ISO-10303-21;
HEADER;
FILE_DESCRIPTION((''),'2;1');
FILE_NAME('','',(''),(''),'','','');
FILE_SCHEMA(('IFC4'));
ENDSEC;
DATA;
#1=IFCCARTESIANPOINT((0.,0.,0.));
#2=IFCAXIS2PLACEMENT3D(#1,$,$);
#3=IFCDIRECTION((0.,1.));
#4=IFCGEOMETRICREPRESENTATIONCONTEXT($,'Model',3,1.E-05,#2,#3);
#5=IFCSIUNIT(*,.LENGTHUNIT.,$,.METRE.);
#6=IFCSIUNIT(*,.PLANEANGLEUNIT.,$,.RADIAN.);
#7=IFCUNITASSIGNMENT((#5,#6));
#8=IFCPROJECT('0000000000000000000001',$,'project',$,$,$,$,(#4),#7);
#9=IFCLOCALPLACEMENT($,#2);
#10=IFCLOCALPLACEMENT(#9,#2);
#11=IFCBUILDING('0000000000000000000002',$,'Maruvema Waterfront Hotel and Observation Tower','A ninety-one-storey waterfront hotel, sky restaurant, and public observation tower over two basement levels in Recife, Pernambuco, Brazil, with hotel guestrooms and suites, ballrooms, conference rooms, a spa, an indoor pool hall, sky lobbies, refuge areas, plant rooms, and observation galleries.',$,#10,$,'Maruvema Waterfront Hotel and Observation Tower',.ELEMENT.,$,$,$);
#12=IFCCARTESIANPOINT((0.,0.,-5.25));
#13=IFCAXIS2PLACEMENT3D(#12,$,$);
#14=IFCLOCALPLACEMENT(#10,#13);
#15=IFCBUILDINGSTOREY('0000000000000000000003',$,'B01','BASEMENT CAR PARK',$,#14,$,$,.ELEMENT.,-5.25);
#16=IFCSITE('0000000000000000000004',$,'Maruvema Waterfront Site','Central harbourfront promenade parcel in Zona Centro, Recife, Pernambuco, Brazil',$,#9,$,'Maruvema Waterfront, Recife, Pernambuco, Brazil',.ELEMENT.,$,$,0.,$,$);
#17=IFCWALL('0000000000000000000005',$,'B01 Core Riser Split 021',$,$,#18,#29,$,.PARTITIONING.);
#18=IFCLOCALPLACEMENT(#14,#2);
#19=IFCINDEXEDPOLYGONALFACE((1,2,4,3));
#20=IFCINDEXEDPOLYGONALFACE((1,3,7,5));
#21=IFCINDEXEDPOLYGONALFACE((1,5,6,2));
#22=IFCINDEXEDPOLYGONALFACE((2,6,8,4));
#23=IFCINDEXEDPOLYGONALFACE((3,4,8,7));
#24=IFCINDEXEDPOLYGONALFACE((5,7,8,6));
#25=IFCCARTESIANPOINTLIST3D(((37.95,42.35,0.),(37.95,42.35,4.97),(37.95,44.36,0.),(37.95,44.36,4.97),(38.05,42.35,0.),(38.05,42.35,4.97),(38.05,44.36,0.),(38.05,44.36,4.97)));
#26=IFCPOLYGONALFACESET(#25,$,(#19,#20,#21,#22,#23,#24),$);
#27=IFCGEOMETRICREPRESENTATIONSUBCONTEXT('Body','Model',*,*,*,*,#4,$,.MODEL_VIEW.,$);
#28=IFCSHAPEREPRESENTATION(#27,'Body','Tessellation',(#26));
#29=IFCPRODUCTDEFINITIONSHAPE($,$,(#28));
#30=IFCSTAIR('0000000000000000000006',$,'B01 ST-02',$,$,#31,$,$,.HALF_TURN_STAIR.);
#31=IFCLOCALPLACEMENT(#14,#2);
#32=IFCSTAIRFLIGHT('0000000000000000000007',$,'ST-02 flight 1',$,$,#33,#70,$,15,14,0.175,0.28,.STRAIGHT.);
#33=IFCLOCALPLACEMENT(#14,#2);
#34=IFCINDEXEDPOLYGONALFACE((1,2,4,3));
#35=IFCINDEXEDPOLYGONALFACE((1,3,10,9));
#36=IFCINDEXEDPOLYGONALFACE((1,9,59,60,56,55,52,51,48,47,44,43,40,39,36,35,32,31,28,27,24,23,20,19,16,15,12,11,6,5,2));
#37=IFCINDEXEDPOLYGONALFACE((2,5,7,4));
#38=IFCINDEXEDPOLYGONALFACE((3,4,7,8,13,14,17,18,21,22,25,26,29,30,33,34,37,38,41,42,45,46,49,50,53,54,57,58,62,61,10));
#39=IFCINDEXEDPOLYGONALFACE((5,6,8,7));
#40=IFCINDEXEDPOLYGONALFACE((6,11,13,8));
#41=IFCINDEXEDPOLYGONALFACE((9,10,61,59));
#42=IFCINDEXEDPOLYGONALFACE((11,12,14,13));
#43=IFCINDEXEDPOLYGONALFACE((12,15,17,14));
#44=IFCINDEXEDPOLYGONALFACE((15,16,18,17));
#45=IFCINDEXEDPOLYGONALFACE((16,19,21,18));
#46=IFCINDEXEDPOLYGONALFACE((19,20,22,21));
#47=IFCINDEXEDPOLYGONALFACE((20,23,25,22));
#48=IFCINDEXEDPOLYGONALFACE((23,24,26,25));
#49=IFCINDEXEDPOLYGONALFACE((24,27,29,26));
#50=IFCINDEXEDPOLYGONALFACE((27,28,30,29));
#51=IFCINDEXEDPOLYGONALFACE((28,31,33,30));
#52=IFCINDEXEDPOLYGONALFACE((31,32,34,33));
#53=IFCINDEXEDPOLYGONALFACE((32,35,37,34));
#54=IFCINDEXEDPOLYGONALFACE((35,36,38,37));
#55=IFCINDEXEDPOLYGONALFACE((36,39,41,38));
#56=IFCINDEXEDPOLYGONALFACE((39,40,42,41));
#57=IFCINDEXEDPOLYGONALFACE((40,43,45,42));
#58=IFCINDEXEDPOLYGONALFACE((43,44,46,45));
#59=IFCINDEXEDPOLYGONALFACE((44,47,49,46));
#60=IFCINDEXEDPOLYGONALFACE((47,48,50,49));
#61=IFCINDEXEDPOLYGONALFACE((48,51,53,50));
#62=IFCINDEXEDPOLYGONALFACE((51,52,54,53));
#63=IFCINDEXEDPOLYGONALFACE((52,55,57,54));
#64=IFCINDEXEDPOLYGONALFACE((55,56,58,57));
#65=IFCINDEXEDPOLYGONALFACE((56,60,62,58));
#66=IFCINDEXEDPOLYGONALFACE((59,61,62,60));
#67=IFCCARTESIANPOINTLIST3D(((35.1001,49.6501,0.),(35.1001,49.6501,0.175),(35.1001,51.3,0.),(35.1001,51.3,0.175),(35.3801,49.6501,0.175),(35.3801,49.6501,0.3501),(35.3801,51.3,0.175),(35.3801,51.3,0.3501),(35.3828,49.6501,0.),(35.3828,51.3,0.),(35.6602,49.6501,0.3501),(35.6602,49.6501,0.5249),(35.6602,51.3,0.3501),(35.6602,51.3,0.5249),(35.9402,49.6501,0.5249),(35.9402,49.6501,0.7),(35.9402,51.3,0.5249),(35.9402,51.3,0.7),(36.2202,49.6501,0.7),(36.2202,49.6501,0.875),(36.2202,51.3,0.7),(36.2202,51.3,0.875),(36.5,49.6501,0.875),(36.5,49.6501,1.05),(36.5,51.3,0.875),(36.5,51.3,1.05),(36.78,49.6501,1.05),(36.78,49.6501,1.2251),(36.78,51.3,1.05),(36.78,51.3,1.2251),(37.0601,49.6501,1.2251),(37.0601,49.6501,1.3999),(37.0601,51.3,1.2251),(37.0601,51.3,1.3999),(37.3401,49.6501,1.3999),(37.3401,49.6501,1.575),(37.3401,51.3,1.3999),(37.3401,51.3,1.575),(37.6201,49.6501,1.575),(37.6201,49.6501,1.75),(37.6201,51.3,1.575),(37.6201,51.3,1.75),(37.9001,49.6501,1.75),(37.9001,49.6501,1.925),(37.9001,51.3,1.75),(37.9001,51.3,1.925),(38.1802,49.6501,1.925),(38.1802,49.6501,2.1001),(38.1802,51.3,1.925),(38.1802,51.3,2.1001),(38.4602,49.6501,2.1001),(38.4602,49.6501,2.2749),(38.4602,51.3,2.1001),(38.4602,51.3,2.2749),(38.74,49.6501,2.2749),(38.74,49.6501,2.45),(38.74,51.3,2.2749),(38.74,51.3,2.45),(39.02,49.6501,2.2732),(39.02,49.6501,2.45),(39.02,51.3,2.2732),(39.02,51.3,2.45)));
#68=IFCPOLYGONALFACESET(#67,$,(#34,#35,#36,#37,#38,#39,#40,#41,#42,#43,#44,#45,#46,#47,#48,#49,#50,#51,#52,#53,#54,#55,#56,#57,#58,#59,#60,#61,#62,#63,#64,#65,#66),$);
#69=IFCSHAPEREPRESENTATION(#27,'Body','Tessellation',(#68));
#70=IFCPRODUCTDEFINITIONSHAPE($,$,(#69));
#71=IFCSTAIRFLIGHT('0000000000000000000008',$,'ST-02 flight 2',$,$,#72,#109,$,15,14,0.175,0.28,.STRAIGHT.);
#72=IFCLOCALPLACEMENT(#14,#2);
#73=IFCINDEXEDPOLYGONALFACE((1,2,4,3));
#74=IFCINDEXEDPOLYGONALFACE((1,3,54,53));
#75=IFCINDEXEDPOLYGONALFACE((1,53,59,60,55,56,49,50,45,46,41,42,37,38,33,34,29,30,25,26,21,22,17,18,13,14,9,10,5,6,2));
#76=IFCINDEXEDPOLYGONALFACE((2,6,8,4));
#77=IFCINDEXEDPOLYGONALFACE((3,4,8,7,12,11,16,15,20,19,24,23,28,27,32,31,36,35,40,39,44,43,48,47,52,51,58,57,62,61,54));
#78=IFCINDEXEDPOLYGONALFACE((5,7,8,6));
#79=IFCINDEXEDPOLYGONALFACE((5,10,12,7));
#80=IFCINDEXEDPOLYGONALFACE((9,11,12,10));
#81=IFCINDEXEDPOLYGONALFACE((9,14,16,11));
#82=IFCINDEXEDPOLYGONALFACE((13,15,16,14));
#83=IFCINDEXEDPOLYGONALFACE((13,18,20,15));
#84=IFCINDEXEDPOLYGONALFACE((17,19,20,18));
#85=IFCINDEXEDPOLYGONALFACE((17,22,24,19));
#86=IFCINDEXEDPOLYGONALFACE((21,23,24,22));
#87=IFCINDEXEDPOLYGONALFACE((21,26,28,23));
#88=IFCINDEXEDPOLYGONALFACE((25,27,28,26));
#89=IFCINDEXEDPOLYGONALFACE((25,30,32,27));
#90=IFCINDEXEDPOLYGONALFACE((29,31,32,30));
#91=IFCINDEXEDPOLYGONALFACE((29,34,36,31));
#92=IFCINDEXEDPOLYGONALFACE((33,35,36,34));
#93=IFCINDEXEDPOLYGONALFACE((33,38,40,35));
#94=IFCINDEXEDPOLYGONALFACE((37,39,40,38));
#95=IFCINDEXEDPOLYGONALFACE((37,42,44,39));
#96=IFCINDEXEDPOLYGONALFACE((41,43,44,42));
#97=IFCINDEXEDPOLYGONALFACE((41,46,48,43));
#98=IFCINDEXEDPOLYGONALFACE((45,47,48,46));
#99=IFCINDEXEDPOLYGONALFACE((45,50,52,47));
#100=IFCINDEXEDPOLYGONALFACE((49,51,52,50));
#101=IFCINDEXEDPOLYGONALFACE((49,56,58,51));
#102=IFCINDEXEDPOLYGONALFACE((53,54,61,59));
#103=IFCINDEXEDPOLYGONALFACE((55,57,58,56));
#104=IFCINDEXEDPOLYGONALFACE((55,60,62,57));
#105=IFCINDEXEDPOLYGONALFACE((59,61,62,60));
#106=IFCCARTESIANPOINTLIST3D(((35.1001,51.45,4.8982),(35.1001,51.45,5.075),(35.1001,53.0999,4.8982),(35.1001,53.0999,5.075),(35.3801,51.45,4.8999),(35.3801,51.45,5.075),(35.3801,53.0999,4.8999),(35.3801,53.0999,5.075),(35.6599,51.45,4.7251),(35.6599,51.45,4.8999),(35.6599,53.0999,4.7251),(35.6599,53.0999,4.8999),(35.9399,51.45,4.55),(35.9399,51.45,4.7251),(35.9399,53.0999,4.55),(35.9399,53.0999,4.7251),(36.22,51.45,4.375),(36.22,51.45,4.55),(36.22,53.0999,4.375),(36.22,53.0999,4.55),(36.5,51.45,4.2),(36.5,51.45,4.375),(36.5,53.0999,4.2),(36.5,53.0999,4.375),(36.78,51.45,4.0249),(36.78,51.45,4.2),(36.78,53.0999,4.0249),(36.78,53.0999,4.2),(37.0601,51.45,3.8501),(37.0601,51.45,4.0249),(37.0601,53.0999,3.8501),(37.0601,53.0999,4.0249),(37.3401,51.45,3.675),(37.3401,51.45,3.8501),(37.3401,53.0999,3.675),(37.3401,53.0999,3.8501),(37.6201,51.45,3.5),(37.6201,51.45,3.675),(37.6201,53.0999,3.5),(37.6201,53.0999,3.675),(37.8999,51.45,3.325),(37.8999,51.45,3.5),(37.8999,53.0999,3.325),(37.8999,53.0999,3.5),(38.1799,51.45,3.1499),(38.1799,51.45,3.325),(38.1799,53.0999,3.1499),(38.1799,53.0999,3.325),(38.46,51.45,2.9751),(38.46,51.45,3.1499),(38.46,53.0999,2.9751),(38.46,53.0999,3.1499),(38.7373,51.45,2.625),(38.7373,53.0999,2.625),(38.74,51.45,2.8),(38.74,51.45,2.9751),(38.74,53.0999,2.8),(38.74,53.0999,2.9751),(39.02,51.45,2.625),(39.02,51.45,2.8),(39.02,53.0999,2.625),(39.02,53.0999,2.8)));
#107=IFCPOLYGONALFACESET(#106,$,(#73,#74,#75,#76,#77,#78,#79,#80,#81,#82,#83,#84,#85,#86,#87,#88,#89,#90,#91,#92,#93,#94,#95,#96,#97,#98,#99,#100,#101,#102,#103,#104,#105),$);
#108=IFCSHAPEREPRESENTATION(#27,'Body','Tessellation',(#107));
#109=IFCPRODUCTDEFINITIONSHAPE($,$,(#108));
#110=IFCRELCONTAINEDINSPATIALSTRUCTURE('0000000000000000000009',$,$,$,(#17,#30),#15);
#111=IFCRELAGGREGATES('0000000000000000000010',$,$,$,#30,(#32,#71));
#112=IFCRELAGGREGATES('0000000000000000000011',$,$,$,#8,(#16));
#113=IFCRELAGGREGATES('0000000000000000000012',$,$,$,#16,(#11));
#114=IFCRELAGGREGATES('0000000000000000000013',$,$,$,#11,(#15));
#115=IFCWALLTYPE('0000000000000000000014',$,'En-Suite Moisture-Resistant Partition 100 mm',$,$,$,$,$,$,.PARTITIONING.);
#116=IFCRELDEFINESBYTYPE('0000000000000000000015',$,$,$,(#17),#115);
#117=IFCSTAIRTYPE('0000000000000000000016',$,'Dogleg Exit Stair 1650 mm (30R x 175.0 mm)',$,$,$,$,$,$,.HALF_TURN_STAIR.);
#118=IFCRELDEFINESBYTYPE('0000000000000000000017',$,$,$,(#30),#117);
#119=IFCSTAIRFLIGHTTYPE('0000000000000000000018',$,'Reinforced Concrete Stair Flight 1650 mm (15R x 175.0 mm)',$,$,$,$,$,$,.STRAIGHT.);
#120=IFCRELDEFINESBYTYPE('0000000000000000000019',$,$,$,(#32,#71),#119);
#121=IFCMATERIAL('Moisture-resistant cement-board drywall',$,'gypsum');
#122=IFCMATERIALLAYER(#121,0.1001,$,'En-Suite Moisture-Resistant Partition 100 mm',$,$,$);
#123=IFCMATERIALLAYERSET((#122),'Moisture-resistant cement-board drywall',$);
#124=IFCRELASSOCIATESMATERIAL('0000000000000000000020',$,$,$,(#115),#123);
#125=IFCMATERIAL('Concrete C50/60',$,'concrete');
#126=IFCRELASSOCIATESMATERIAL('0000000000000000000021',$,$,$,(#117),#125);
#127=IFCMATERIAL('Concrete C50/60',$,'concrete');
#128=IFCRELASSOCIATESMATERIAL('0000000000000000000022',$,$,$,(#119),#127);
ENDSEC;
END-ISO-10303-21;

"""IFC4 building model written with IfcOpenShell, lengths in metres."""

from ifc_helpers import new_model, si_unit, direction, frame, frame_2d, origin, place, context, subcontext, project, spatial, polyline, rectangle, outline, extrude, material, layer, layer_set, type_object, element, aggregate, save


model = new_model("IFC4")

# Units and contexts
model_context = context("Model", 3, precision=1e-05, world=origin(), true_north=direction((0.0, 1.0)))
body_context = subcontext(model_context, "Body", "Model", "MODEL_VIEW")
ifc_project = project(units=[si_unit("LENGTHUNIT", "METRE"), si_unit("PLANEANGLEUNIT", "RADIAN")], contexts=[model_context])

# Site, building, storey
site_placement = place(None, origin())
site = spatial("IfcSite", under=ifc_project, at=site_placement, Name="Maruvema Waterfront Site", Description="Central harbourfront promenade parcel in Zona Centro, Recife, Pernambuco, Brazil", LongName="Maruvema Waterfront, Recife, Pernambuco, Brazil", CompositionType="ELEMENT", RefElevation=0.0)
building_placement = place(site_placement, origin())
building = spatial("IfcBuilding", under=site, at=building_placement, Name="Maruvema Waterfront Hotel and Observation Tower", Description="A ninety-one-storey waterfront hotel, sky restaurant, and public observation tower over two basement levels in Recife, Pernambuco, Brazil, with hotel guestrooms and suites, ballrooms, conference rooms, a spa, an indoor pool hall, sky lobbies, refuge areas, plant rooms, and observation galleries.", LongName="Maruvema Waterfront Hotel and Observation Tower", CompositionType="ELEMENT")
storey_placement = place(building_placement, frame((0.0, 0.0, -5.25)))
storey = spatial("IfcBuildingStorey", under=building, at=storey_placement, Name="B01", Description="BASEMENT CAR PARK", CompositionType="ELEMENT", Elevation=-5.25)

# Shared definitions
ifc_material_1 = material(Name="Moisture-resistant cement-board drywall", Category="gypsum")
ifc_layer_1 = layer(ifc_material_1, 0.1001, Name="En-Suite Moisture-Resistant Partition 100 mm")
ifc_layer_set_1 = layer_set([ifc_layer_1], Name="Moisture-resistant cement-board drywall")
wall_type_1 = type_object("IfcWallType", Name="En-Suite Moisture-Resistant Partition 100 mm", PredefinedType="PARTITIONING", material=ifc_layer_set_1)

# Wall
wall_1_placement = place(storey_placement, frame((38.0, 42.3501, 0.0), z_axis=(0.0, 0.0, 1.0), x_axis=(0.0, 1.0, 0.0)))
element("IfcWall", 1, at=wall_1_placement, inside=storey, type_object=wall_type_1, Name="B01 Core Riser Split 021", PredefinedType="PARTITIONING", context=body_context, shape_type="SweptSolid", body=[
    extrude(rectangle(XDim=2.01, YDim=0.1001, at=frame_2d((1.0049, 0.0))), origin(), (0.0, 0.0, 1.0), 4.97),
])

# Stair, stair flights
ifc_material_2 = material(Name="Concrete C50/60", Category="concrete")
stair_type = type_object("IfcStairType", Name="Dogleg Exit Stair 1650 mm (30R x 175.0 mm)", PredefinedType="HALF_TURN_STAIR", material=ifc_material_2)
stair_placement = place(storey_placement, origin())
stair = element("IfcStair", 2, at=stair_placement, inside=storey, type_object=stair_type, Name="B01 ST-02", PredefinedType="HALF_TURN_STAIR")
ifc_material_3 = material(Name="Concrete C50/60", Category="concrete")
stair_flight_type = type_object("IfcStairFlightType", Name="Reinforced Concrete Stair Flight 1650 mm (15R x 175.0 mm)", PredefinedType="STRAIGHT", material=ifc_material_3)
stair_flight_1_placement = place(storey_placement, frame((35.1001, 50.4751, 0.0), z_axis=(0.0, 0.0, 1.0), x_axis=(1.0, 0.0, 0.0)))
stair_flight_1 = element("IfcStairFlight", 3, at=stair_flight_1_placement, type_object=stair_flight_type, Name="ST-02 flight 1", NumberOfRisers=15, NumberOfTreads=14, PredefinedType="STRAIGHT", RiserHeight=0.175, TreadLength=0.28, context=body_context, shape_type="SweptSolid", body=[
    extrude(outline(polyline([(0.0, 0.0), (0.0, 0.175), (0.28, 0.175), (0.28, 0.3501), (0.5601, 0.3501), (0.5601, 0.5249), (0.8401, 0.5249), (0.8401, 0.7), (1.1201, 0.7), (1.1201, 0.875), (1.3999, 0.875), (1.3999, 1.05), (1.6799, 1.05), (1.6799, 1.2251), (1.96, 1.2251), (1.96, 1.3999), (2.24, 1.3999), (2.24, 1.575), (2.52, 1.575), (2.52, 1.75), (2.8, 1.75), (2.8, 1.925), (3.0801, 1.925), (3.0801, 2.1001), (3.3601, 2.1001), (3.3601, 2.2749), (3.6399, 2.2749), (3.6399, 2.45), (3.9199, 2.45), (3.9199, 2.625), (3.9199, 2.2732), (0.2827, 0.0), (0.0, 0.0)])), frame((0.0, 0.825, 0.0), z_axis=(0.0, -1.0, 0.0), x_axis=(1.0, 0.0, 0.0)), (0.0, 0.0, 1.0), 1.6499),
])
stair_flight_2_placement = place(storey_placement, frame((39.02, 52.2749, 2.625), z_axis=(0.0, 0.0, 1.0), x_axis=(-1.0, 0.0, 0.0)))
stair_flight_2 = element("IfcStairFlight", 4, at=stair_flight_2_placement, type_object=stair_flight_type, Name="ST-02 flight 2", NumberOfRisers=15, NumberOfTreads=14, PredefinedType="STRAIGHT", RiserHeight=0.175, TreadLength=0.28, context=body_context, shape_type="SweptSolid", body=[
    extrude(outline(polyline([(0.0, 0.0), (0.0, 0.175), (0.28, 0.175), (0.28, 0.3501), (0.5601, 0.3501), (0.5601, 0.5249), (0.8401, 0.5249), (0.8401, 0.7), (1.1201, 0.7), (1.1201, 0.875), (1.3999, 0.875), (1.3999, 1.05), (1.6799, 1.05), (1.6799, 1.2251), (1.96, 1.2251), (1.96, 1.3999), (2.24, 1.3999), (2.24, 1.575), (2.52, 1.575), (2.52, 1.75), (2.8, 1.75), (2.8, 1.925), (3.0801, 1.925), (3.0801, 2.1001), (3.3601, 2.1001), (3.3601, 2.2749), (3.6399, 2.2749), (3.6399, 2.45), (3.9199, 2.45), (3.9199, 2.625), (3.9199, 2.2732), (0.2827, 0.0), (0.0, 0.0)])), frame((0.0, 0.825, 0.0), z_axis=(0.0, -1.0, 0.0), x_axis=(1.0, 0.0, 0.0)), (0.0, 0.0, 1.0), 1.6499),
])
aggregate(stair, [stair_flight_1, stair_flight_2])

save(model, "model.ifc")
